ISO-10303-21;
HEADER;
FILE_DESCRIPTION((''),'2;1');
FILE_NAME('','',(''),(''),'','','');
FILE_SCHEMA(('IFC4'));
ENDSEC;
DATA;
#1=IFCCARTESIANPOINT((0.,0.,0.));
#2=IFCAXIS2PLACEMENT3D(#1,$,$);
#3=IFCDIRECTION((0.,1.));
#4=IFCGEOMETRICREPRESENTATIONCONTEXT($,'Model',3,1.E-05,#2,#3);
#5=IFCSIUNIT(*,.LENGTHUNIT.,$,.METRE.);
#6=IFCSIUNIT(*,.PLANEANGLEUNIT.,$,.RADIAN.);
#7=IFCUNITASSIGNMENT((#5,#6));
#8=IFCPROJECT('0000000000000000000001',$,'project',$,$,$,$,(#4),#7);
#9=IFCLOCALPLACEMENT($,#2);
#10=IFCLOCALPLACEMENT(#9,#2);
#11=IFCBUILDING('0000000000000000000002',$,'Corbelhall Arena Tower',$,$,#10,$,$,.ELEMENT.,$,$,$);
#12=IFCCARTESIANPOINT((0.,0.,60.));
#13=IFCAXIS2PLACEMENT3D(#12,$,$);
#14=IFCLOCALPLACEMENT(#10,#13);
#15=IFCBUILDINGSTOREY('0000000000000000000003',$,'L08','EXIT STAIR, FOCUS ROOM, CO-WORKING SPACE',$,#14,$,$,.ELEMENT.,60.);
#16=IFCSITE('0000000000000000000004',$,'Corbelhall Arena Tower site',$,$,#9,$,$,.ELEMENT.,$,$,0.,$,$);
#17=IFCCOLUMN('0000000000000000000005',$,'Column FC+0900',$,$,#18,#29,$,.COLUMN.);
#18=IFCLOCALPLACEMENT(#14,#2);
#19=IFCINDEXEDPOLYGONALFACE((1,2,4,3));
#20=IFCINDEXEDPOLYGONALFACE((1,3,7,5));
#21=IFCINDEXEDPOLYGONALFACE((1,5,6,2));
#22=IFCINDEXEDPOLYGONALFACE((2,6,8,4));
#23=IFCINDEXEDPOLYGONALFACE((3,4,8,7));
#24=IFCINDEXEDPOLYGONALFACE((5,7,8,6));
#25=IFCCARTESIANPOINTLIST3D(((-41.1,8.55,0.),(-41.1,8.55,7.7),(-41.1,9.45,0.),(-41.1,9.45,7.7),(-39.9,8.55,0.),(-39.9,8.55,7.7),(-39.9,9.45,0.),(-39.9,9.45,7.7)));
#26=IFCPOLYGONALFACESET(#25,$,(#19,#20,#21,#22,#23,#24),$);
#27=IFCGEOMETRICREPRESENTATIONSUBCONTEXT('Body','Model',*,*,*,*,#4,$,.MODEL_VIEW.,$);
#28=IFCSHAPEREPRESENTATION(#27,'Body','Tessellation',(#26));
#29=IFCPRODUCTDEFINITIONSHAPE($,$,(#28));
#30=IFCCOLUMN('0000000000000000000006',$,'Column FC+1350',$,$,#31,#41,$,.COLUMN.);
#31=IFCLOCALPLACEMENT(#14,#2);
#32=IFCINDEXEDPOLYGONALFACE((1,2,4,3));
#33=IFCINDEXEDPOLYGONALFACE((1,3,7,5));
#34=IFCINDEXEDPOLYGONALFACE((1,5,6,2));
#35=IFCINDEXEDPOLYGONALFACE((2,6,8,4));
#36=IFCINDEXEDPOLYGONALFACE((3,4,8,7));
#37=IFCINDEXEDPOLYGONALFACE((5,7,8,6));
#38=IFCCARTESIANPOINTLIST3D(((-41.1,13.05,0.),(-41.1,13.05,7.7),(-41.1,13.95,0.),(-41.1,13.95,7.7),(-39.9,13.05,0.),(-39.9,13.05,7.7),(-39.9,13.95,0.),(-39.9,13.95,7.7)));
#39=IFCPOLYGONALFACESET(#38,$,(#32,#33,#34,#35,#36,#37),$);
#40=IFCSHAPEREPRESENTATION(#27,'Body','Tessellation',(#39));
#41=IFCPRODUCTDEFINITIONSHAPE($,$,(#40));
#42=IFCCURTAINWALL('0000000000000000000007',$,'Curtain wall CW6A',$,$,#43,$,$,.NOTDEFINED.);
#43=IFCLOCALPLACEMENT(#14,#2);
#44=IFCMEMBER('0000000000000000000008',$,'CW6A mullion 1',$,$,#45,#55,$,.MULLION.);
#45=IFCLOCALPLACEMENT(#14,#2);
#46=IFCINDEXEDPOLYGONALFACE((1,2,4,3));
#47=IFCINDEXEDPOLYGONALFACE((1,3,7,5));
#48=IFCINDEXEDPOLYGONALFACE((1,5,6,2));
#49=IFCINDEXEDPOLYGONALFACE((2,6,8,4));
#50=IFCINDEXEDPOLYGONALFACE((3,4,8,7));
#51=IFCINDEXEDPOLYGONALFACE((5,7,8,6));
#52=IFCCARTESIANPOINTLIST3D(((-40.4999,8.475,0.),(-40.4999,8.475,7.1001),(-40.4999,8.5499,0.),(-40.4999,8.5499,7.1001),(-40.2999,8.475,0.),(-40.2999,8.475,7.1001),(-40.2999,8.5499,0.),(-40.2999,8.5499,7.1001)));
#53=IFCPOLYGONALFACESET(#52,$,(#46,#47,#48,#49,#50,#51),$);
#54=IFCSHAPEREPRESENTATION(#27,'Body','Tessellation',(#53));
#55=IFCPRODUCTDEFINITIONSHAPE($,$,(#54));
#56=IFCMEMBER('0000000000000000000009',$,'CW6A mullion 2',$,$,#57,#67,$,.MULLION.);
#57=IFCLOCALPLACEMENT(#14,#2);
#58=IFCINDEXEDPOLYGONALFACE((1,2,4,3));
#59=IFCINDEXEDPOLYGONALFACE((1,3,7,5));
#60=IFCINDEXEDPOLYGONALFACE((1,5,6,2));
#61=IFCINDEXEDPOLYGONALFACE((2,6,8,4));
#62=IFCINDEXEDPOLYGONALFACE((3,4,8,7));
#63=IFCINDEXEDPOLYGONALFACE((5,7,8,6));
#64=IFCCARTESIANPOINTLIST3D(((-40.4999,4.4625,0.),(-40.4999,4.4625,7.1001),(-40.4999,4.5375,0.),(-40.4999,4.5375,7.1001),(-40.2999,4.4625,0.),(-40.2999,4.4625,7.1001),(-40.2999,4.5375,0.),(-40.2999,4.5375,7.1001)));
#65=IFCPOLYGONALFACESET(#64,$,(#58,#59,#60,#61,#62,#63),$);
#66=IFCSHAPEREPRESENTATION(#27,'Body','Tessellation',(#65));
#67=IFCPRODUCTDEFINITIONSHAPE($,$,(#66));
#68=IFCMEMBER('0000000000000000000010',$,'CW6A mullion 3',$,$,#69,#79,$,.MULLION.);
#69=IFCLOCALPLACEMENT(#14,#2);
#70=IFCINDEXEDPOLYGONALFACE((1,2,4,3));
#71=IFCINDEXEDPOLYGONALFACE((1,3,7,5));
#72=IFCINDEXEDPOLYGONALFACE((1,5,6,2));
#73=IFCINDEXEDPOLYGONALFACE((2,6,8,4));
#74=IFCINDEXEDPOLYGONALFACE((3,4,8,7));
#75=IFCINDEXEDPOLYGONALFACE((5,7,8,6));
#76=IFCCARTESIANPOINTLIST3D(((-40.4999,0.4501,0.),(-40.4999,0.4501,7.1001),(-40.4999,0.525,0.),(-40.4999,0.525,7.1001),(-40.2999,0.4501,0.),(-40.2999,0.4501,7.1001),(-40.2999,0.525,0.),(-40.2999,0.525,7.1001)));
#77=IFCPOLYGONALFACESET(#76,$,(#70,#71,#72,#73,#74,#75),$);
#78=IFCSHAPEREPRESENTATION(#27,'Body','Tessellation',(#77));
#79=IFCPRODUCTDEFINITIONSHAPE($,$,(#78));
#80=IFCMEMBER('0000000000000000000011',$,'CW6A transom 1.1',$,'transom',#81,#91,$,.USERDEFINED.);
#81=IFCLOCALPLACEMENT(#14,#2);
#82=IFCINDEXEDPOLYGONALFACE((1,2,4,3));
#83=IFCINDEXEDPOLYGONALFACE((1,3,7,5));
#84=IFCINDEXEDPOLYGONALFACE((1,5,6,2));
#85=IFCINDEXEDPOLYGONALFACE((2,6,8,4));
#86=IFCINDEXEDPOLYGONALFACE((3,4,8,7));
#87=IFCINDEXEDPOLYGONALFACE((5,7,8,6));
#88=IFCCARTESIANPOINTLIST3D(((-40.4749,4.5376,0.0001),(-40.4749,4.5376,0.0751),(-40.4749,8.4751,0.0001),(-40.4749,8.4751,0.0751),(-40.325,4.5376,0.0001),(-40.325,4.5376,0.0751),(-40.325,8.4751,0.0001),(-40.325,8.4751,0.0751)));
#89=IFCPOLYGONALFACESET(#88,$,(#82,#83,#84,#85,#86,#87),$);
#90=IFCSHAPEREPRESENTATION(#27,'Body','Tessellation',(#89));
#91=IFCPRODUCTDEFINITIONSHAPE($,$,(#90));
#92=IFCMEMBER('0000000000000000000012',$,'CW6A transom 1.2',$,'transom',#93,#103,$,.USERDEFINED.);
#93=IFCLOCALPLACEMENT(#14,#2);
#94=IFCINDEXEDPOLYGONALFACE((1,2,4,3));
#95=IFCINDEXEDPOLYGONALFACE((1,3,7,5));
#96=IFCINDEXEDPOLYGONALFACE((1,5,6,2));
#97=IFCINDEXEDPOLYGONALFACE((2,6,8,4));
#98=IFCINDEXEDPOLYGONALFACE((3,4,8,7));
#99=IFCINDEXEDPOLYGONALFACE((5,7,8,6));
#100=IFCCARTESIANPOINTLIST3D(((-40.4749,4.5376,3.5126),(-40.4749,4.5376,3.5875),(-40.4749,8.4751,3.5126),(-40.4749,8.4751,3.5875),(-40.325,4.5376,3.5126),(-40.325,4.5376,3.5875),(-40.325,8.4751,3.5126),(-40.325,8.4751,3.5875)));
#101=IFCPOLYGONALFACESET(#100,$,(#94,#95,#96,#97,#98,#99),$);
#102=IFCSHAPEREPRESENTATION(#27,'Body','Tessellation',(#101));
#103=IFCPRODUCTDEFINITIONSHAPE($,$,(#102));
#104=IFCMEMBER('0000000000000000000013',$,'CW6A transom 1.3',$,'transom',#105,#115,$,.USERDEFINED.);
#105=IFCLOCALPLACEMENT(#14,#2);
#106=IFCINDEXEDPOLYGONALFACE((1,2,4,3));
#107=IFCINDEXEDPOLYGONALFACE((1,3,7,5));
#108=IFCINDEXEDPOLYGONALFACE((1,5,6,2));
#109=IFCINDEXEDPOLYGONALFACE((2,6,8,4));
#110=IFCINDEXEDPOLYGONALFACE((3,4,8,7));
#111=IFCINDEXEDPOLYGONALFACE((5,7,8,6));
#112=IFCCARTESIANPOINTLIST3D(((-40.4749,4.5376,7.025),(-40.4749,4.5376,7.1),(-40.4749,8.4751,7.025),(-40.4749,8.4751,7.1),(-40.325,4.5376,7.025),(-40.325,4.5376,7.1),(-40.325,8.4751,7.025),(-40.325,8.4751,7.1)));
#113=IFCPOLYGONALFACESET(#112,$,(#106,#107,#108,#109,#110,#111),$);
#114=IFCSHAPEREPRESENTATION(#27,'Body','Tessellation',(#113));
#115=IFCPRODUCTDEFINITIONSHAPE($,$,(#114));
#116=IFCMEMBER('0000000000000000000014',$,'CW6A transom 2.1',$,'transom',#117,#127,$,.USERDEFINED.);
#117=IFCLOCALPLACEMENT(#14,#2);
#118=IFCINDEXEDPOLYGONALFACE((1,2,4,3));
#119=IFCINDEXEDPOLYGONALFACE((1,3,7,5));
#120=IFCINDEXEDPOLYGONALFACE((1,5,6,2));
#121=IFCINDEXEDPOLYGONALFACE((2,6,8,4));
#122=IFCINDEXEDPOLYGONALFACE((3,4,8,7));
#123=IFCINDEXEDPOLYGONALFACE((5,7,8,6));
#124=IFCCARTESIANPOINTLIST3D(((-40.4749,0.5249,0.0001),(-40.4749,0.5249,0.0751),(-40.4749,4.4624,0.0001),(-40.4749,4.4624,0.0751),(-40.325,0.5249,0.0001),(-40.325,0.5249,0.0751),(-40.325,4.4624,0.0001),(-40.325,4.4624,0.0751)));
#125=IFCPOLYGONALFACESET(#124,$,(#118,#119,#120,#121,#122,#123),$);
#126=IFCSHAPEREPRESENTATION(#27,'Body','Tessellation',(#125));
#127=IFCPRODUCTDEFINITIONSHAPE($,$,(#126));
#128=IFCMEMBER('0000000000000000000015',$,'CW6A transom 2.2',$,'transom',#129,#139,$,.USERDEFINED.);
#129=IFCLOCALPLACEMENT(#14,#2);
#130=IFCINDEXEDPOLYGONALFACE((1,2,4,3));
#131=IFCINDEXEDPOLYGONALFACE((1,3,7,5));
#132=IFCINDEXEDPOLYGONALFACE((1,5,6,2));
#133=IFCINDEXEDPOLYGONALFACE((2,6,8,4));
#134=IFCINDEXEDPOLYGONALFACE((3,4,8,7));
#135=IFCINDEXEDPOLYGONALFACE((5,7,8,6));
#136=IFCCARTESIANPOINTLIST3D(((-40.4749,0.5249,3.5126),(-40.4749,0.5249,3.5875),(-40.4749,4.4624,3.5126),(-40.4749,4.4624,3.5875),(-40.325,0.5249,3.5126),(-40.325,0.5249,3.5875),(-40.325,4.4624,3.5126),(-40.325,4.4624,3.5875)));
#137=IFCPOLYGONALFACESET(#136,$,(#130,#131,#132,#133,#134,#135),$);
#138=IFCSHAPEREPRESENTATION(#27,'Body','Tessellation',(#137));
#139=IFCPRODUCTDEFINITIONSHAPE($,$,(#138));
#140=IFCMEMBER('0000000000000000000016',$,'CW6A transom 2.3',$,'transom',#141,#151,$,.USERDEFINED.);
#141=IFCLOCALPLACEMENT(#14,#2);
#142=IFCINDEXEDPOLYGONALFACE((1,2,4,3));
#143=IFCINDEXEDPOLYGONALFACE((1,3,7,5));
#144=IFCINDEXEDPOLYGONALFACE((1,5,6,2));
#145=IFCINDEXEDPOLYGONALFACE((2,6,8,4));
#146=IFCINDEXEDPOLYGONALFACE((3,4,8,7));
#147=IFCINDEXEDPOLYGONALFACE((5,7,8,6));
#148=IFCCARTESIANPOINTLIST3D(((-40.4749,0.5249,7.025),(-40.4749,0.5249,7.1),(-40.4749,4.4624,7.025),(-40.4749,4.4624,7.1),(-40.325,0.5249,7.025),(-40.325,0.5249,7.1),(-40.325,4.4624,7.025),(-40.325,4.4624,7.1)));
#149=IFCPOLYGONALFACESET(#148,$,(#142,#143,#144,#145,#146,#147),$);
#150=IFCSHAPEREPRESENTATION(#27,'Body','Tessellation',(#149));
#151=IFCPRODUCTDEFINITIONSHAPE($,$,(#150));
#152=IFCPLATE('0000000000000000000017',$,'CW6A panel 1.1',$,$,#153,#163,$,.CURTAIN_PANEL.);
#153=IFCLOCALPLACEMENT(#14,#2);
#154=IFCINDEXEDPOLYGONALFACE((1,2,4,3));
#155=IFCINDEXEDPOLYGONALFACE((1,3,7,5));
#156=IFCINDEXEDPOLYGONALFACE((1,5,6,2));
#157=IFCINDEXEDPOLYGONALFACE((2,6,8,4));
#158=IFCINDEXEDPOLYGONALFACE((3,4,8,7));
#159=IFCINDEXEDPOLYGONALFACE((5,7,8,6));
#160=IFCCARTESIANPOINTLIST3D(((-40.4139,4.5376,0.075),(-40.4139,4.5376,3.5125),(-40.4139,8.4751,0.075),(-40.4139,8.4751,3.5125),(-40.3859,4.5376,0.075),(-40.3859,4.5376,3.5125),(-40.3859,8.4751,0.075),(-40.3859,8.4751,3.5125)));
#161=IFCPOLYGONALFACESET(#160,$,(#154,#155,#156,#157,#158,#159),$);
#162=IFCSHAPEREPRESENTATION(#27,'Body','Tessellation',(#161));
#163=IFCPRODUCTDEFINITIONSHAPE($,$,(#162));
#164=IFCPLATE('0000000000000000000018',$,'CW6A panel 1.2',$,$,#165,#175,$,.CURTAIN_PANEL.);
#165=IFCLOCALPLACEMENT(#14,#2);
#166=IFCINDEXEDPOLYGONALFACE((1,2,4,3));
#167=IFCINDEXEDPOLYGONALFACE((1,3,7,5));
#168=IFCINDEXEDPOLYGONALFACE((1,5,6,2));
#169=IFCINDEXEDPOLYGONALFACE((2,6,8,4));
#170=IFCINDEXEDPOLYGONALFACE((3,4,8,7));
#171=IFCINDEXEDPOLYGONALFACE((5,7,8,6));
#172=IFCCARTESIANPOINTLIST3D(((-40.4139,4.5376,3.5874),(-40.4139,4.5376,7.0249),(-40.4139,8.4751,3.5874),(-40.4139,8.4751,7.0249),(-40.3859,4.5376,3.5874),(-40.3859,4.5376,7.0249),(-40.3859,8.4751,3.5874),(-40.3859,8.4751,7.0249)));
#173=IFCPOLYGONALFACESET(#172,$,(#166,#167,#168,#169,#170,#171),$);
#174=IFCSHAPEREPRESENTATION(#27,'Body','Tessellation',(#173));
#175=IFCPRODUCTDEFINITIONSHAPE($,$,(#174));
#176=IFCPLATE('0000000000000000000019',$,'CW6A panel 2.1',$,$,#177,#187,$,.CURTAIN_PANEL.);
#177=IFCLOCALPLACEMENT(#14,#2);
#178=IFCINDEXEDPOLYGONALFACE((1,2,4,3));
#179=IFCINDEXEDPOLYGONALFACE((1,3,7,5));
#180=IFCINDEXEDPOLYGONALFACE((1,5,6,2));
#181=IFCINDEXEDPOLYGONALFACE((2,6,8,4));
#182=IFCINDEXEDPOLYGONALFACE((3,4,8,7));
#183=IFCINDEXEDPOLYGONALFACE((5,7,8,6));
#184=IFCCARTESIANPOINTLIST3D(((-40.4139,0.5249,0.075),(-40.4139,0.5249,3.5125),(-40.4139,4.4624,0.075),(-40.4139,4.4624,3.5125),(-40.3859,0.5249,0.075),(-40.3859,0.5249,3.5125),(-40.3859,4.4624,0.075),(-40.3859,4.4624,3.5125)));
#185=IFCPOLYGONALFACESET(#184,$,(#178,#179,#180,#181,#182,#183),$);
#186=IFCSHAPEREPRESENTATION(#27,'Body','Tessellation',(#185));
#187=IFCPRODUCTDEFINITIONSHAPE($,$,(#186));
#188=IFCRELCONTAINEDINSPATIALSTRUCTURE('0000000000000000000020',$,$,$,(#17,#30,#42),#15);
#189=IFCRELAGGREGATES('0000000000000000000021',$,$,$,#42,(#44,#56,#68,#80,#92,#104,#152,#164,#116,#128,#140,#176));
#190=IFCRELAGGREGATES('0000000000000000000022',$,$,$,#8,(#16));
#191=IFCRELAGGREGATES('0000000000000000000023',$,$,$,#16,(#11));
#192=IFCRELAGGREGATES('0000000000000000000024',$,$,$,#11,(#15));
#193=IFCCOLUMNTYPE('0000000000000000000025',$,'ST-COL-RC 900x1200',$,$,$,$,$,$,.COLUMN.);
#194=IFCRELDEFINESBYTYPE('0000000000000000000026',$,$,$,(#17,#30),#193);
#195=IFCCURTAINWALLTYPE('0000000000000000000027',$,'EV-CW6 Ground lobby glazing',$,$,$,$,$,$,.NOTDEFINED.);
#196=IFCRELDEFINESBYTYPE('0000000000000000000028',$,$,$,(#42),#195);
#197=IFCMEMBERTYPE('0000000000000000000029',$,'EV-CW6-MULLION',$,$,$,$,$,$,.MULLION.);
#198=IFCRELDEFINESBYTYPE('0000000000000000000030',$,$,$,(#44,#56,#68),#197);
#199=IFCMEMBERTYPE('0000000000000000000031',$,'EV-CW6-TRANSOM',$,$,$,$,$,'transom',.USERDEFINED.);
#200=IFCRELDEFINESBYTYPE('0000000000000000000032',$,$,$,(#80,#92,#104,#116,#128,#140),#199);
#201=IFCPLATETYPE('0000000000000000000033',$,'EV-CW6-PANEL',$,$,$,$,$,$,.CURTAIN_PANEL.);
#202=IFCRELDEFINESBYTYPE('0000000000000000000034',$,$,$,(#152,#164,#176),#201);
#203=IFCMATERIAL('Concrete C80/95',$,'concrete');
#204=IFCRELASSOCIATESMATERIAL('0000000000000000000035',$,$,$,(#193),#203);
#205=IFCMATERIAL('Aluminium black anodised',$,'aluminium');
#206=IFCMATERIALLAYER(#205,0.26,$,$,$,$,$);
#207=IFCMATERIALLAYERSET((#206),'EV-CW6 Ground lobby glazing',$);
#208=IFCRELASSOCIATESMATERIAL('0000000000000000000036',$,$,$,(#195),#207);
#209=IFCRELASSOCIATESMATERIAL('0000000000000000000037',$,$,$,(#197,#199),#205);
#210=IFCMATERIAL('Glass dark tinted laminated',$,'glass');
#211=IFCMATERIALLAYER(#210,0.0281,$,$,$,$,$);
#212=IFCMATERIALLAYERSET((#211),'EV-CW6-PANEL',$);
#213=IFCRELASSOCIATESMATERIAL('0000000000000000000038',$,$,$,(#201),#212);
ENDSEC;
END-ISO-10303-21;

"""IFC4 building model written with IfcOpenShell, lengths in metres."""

from ifc_helpers import new_model, si_unit, direction, frame, origin, origin_2d, place, context, subcontext, project, spatial, rectangle, extrude, material, layer, layer_set, material_profile, profile_set, type_object, element, aggregate, save


model = new_model("IFC4")

# Units and contexts
model_context = context("Model", 3, precision=1e-05, world=origin(), true_north=direction((0.0, 1.0)))
body_context = subcontext(model_context, "Body", "Model", "MODEL_VIEW")
ifc_project = project(units=[si_unit("LENGTHUNIT", "METRE"), si_unit("PLANEANGLEUNIT", "RADIAN")], contexts=[model_context])

# Site, building, storey
site_placement = place(None, origin())
site = spatial("IfcSite", under=ifc_project, at=site_placement, Name="Corbelhall Arena Tower site", CompositionType="ELEMENT", RefElevation=0.0)
building_placement = place(site_placement, origin())
building = spatial("IfcBuilding", under=site, at=building_placement, Name="Corbelhall Arena Tower", CompositionType="ELEMENT")
storey_placement = place(building_placement, frame((0.0, 0.0, 60.0)))
storey = spatial("IfcBuildingStorey", under=building, at=storey_placement, Name="L08", Description="EXIT STAIR, FOCUS ROOM, CO-WORKING SPACE", CompositionType="ELEMENT", Elevation=60.0)

# Columns
ifc_material_1 = material(Name="Concrete C80/95", Category="concrete")
ifc_material_profile_1 = material_profile(ifc_material_1, rectangle(XDim=0.8999, YDim=1.2, at=origin_2d()))
ifc_profile_set_1 = profile_set([ifc_material_profile_1], Name="Concrete C80/95")
column_type = type_object("IfcColumnType", Name="ST-COL-RC 900x1200", PredefinedType="COLUMN", material=ifc_profile_set_1)
for number, where, z_axis, x_axis, name in (
    (1, (-40.5, 9.0, 0.0), (0.0, 0.0, 1.0), (0.0, 1.0, 0.0), "Column FC+0900"),
    (2, (-40.5, 13.5, 0.0), (0.0, 0.0, 1.0), (0.0, 1.0, 0.0), "Column FC+1350"),
):
    element("IfcColumn", number, at=place(storey_placement, frame(where, z_axis=z_axis, x_axis=x_axis)), inside=storey, type_object=column_type, Name=name, PredefinedType="COLUMN", context=body_context, shape_type="SweptSolid", body=[
        extrude(rectangle(XDim=0.8999, YDim=1.2, at=origin_2d()), origin(), (0.0, 0.0, 1.0), 7.7),
    ])

# Curtain wall, members, plates
ifc_material_2 = material(Name="Aluminium black anodised", Category="aluminium")
ifc_layer_1 = layer(ifc_material_2, 0.26)
ifc_layer_set_1 = layer_set([ifc_layer_1], Name="EV-CW6 Ground lobby glazing")
curtain_wall_type = type_object("IfcCurtainWallType", Name="EV-CW6 Ground lobby glazing", PredefinedType="NOTDEFINED", material=ifc_layer_set_1)
curtain_wall_placement = place(storey_placement, origin())
curtain_wall = element("IfcCurtainWall", 3, at=curtain_wall_placement, inside=storey, type_object=curtain_wall_type, Name="Curtain wall CW6A", PredefinedType="NOTDEFINED")
ifc_material_profile_2 = material_profile(ifc_material_2, rectangle(XDim=0.2, YDim=0.075, at=origin_2d()))
ifc_profile_set_2 = profile_set([ifc_material_profile_2], Name="Aluminium black anodised")
member_type_1 = type_object("IfcMemberType", Name="EV-CW6-MULLION", PredefinedType="MULLION", material=ifc_profile_set_2)
member_1_placement = place(storey_placement, frame((-40.3999, 8.5125, 0.0), z_axis=(0.0, 0.0, 1.0), x_axis=(1.0, 0.0, 0.0)))
member_1 = element("IfcMember", 4, at=member_1_placement, type_object=member_type_1, Name="CW6A mullion 1", PredefinedType="MULLION", context=body_context, shape_type="SweptSolid", body=[
    extrude(rectangle(XDim=0.2, YDim=0.075, at=origin_2d()), origin(), (0.0, 0.0, 1.0), 7.1001),
])
member_2_placement = place(storey_placement, frame((-40.3999, 4.5, 0.0), z_axis=(0.0, 0.0, 1.0), x_axis=(1.0, 0.0, 0.0)))
member_2 = element("IfcMember", 5, at=member_2_placement, type_object=member_type_1, Name="CW6A mullion 2", PredefinedType="MULLION", context=body_context, shape_type="SweptSolid", body=[
    extrude(rectangle(XDim=0.2, YDim=0.075, at=origin_2d()), origin(), (0.0, 0.0, 1.0), 7.1001),
])
member_3_placement = place(storey_placement, frame((-40.3999, 0.4875, 0.0), z_axis=(0.0, 0.0, 1.0), x_axis=(1.0, 0.0, 0.0)))
member_3 = element("IfcMember", 6, at=member_3_placement, type_object=member_type_1, Name="CW6A mullion 3", PredefinedType="MULLION", context=body_context, shape_type="SweptSolid", body=[
    extrude(rectangle(XDim=0.2, YDim=0.075, at=origin_2d()), origin(), (0.0, 0.0, 1.0), 7.1001),
])
ifc_material_profile_3 = material_profile(ifc_material_2, rectangle(XDim=0.1499, YDim=0.075, at=origin_2d()))
ifc_profile_set_3 = profile_set([ifc_material_profile_3], Name="Aluminium black anodised")
member_type_2 = type_object("IfcMemberType", Name="EV-CW6-TRANSOM", ElementType="transom", PredefinedType="USERDEFINED", material=ifc_profile_set_3)
member_4_placement = place(storey_placement, frame((-40.3999, 8.4751, 0.0376), z_axis=(0.0, -1.0, 0.0), x_axis=(1.0, 0.0, 0.0)))
member_4 = element("IfcMember", 7, at=member_4_placement, type_object=member_type_2, Name="CW6A transom 1.1", ObjectType="transom", PredefinedType="USERDEFINED", context=body_context, shape_type="SweptSolid", body=[
    extrude(rectangle(XDim=0.1499, YDim=0.075, at=origin_2d()), origin(), (0.0, 0.0, 1.0), 3.9375),
])
member_5_placement = place(storey_placement, frame((-40.3999, 8.4751, 3.55), z_axis=(0.0, -1.0, 0.0), x_axis=(1.0, 0.0, 0.0)))
member_5 = element("IfcMember", 8, at=member_5_placement, type_object=member_type_2, Name="CW6A transom 1.2", ObjectType="transom", PredefinedType="USERDEFINED", context=body_context, shape_type="SweptSolid", body=[
    extrude(rectangle(XDim=0.1499, YDim=0.075, at=origin_2d()), origin(), (0.0, 0.0, 1.0), 3.9375),
])
member_6_placement = place(storey_placement, frame((-40.3999, 8.4751, 7.0625), z_axis=(0.0, -1.0, 0.0), x_axis=(1.0, 0.0, 0.0)))
member_6 = element("IfcMember", 9, at=member_6_placement, type_object=member_type_2, Name="CW6A transom 1.3", ObjectType="transom", PredefinedType="USERDEFINED", context=body_context, shape_type="SweptSolid", body=[
    extrude(rectangle(XDim=0.1499, YDim=0.075, at=origin_2d()), origin(), (0.0, 0.0, 1.0), 3.9375),
])
member_7_placement = place(storey_placement, frame((-40.3999, 4.4624, 0.0376), z_axis=(0.0, -1.0, 0.0), x_axis=(1.0, 0.0, 0.0)))
member_7 = element("IfcMember", 10, at=member_7_placement, type_object=member_type_2, Name="CW6A transom 2.1", ObjectType="transom", PredefinedType="USERDEFINED", context=body_context, shape_type="SweptSolid", body=[
    extrude(rectangle(XDim=0.1499, YDim=0.075, at=origin_2d()), origin(), (0.0, 0.0, 1.0), 3.9375),
])
member_8_placement = place(storey_placement, frame((-40.3999, 4.4624, 3.55), z_axis=(0.0, -1.0, 0.0), x_axis=(1.0, 0.0, 0.0)))
member_8 = element("IfcMember", 11, at=member_8_placement, type_object=member_type_2, Name="CW6A transom 2.2", ObjectType="transom", PredefinedType="USERDEFINED", context=body_context, shape_type="SweptSolid", body=[
    extrude(rectangle(XDim=0.1499, YDim=0.075, at=origin_2d()), origin(), (0.0, 0.0, 1.0), 3.9375),
])
member_9_placement = place(storey_placement, frame((-40.3999, 4.4624, 7.0625), z_axis=(0.0, -1.0, 0.0), x_axis=(1.0, 0.0, 0.0)))
member_9 = element("IfcMember", 12, at=member_9_placement, type_object=member_type_2, Name="CW6A transom 2.3", ObjectType="transom", PredefinedType="USERDEFINED", context=body_context, shape_type="SweptSolid", body=[
    extrude(rectangle(XDim=0.1499, YDim=0.075, at=origin_2d()), origin(), (0.0, 0.0, 1.0), 3.9375),
])
ifc_material_3 = material(Name="Glass dark tinted laminated", Category="glass")
ifc_layer_2 = layer(ifc_material_3, 0.0281)
ifc_layer_set_2 = layer_set([ifc_layer_2], Name="EV-CW6-PANEL")
plate_type = type_object("IfcPlateType", Name="EV-CW6-PANEL", PredefinedType="CURTAIN_PANEL", material=ifc_layer_set_2)
plate_1_placement = place(storey_placement, frame((-40.3999, 6.5063, 0.075), z_axis=(0.0, 0.0, 1.0), x_axis=(0.0, -1.0, 0.0)))
plate_1 = element("IfcPlate", 13, at=plate_1_placement, type_object=plate_type, Name="CW6A panel 1.1", PredefinedType="CURTAIN_PANEL", context=body_context, shape_type="SweptSolid", body=[
    extrude(rectangle(XDim=3.9375, YDim=0.0281, at=origin_2d()), origin(), (0.0, 0.0, 1.0), 3.4375),
])
plate_2_placement = place(storey_placement, frame((-40.3999, 6.5063, 3.5874), z_axis=(0.0, 0.0, 1.0), x_axis=(0.0, -1.0, 0.0)))
plate_2 = element("IfcPlate", 14, at=plate_2_placement, type_object=plate_type, Name="CW6A panel 1.2", PredefinedType="CURTAIN_PANEL", context=body_context, shape_type="SweptSolid", body=[
    extrude(rectangle(XDim=3.9375, YDim=0.0281, at=origin_2d()), origin(), (0.0, 0.0, 1.0), 3.4375),
])
plate_3_placement = place(storey_placement, frame((-40.3999, 2.4937, 0.075), z_axis=(0.0, 0.0, 1.0), x_axis=(0.0, -1.0, 0.0)))
plate_3 = element("IfcPlate", 15, at=plate_3_placement, type_object=plate_type, Name="CW6A panel 2.1", PredefinedType="CURTAIN_PANEL", context=body_context, shape_type="SweptSolid", body=[
    extrude(rectangle(XDim=3.9375, YDim=0.0281, at=origin_2d()), origin(), (0.0, 0.0, 1.0), 3.4375),
])
aggregate(curtain_wall, [member_1, member_2, member_3, member_4, member_5, member_6, plate_1, plate_2, member_7, member_8, member_9, plate_3])

save(model, "model.ifc")
